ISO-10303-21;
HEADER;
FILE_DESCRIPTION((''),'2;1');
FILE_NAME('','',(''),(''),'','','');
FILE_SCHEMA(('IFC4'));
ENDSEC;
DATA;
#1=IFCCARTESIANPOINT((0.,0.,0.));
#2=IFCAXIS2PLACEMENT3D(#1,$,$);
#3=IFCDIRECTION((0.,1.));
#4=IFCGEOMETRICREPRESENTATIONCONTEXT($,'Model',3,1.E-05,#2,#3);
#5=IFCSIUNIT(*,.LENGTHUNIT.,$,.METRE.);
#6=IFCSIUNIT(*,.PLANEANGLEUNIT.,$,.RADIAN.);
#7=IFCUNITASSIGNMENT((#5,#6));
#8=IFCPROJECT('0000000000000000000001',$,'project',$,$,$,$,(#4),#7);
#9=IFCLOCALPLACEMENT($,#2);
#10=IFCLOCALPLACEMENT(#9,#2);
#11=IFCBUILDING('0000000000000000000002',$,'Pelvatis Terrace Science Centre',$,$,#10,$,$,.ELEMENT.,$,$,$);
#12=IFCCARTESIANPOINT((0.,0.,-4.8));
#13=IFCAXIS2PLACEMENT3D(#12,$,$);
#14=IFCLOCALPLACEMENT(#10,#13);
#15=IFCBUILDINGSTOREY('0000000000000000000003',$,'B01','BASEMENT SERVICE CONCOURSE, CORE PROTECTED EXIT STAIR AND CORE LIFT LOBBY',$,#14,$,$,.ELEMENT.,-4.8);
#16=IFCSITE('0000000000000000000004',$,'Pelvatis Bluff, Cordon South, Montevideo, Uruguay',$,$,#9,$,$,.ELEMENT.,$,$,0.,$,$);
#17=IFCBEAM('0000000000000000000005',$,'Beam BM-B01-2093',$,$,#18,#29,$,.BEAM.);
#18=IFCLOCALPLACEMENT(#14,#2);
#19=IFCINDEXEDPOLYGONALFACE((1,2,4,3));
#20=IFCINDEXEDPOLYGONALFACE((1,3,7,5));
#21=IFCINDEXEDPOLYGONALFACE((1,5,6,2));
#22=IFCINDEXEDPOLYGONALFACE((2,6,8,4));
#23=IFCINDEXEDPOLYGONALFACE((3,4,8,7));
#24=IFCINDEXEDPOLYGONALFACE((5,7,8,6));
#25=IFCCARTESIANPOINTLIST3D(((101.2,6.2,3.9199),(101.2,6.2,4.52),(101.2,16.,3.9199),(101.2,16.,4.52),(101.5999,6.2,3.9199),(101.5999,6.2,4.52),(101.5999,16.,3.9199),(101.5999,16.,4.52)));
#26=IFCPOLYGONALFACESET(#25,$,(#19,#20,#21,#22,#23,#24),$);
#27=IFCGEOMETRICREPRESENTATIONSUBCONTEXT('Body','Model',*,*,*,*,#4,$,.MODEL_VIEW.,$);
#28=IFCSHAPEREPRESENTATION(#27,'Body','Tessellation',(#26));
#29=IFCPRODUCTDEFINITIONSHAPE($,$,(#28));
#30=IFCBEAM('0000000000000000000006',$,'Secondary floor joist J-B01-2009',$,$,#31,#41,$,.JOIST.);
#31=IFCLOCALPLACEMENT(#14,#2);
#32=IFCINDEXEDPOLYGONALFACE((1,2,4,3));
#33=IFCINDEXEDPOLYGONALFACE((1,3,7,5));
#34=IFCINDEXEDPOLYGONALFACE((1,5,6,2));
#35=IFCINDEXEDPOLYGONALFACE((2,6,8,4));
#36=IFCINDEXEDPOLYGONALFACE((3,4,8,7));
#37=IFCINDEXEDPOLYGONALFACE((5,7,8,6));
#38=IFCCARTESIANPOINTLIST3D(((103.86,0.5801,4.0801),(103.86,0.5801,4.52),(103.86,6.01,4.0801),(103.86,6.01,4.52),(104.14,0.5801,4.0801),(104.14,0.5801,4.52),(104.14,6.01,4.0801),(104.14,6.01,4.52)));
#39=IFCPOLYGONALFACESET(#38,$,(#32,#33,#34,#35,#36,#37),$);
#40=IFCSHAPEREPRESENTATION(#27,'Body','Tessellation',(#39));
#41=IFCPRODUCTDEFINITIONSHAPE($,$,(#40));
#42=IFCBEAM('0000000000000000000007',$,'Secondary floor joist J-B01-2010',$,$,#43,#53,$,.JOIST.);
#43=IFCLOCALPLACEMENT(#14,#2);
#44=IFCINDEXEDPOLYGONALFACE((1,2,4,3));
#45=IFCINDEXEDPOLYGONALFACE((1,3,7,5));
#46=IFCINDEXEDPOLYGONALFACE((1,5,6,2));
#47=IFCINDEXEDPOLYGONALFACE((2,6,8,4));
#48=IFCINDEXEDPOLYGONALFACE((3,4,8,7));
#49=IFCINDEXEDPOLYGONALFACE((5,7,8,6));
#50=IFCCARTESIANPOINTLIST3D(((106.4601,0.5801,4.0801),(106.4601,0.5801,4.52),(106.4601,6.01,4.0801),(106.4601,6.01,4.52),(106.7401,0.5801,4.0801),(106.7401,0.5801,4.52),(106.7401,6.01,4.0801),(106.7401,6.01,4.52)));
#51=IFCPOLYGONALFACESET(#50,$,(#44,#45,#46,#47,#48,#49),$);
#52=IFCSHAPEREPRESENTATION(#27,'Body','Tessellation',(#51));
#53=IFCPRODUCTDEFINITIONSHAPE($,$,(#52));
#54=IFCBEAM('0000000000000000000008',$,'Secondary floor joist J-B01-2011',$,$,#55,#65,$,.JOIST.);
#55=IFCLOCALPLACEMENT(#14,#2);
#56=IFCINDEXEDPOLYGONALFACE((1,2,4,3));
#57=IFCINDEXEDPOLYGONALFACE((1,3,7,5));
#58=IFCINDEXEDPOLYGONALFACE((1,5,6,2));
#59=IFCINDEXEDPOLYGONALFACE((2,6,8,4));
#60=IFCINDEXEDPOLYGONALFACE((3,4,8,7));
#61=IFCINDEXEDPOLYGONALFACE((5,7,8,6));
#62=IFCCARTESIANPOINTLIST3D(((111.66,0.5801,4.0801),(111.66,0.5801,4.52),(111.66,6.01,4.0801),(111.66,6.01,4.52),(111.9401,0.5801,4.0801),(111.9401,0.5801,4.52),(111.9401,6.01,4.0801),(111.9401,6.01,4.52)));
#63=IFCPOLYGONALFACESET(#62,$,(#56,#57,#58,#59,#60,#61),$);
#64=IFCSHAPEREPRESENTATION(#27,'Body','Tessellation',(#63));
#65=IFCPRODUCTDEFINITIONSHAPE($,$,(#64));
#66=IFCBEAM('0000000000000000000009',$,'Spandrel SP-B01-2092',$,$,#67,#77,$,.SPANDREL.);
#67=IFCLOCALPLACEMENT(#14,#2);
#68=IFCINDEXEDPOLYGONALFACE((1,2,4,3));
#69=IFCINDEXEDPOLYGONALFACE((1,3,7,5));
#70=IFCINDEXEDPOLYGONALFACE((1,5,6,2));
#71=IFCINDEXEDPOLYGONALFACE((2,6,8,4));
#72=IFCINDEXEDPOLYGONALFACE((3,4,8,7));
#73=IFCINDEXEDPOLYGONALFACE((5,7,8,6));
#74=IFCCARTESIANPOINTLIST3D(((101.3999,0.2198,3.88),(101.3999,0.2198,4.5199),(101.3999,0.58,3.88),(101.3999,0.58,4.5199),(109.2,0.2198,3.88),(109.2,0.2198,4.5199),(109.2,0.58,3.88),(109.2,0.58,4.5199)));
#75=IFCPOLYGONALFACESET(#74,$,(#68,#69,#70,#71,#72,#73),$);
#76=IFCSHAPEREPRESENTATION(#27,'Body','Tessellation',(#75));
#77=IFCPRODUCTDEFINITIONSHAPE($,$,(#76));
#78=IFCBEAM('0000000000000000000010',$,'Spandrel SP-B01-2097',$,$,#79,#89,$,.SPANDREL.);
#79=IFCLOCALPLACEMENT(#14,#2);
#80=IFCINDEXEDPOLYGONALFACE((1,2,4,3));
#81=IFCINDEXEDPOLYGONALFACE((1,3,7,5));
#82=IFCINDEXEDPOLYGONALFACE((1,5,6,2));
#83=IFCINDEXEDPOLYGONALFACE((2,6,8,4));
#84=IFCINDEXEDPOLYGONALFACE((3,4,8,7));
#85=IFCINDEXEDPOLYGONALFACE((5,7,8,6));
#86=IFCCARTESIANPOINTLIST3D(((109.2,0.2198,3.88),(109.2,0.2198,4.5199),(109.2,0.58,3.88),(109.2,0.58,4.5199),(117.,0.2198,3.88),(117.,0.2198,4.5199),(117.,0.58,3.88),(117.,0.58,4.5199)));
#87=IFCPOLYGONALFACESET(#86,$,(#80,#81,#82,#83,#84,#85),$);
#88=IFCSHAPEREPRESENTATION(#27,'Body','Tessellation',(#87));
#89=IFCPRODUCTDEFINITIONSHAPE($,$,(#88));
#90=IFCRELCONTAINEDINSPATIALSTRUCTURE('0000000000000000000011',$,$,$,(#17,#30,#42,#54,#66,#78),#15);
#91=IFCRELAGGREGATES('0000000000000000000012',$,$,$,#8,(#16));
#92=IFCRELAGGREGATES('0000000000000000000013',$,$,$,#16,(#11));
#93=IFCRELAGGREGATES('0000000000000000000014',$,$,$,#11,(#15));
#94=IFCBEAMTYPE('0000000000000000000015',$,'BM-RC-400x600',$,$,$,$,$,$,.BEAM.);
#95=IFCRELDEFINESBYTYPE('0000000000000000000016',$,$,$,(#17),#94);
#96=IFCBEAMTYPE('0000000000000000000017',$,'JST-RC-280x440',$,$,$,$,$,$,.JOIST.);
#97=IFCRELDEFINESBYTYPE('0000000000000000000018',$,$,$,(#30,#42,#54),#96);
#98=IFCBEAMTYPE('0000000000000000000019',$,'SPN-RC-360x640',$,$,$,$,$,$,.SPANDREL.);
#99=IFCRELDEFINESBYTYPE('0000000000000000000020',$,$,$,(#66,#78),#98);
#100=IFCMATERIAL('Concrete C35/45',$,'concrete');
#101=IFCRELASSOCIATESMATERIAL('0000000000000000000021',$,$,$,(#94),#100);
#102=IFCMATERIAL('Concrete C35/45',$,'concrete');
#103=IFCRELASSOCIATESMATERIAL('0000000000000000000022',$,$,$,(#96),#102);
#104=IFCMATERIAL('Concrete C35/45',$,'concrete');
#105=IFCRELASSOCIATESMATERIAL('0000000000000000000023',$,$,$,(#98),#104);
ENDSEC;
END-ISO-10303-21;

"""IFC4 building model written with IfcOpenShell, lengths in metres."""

from ifc_helpers import new_model, si_unit, direction, frame, origin, origin_2d, place, context, subcontext, project, spatial, rectangle, extrude, material, material_profile, profile_set, type_object, element, save


model = new_model("IFC4")

# Units and contexts
model_context = context("Model", 3, precision=1e-05, world=origin(), true_north=direction((0.0, 1.0)))
body_context = subcontext(model_context, "Body", "Model", "MODEL_VIEW")
ifc_project = project(units=[si_unit("LENGTHUNIT", "METRE"), si_unit("PLANEANGLEUNIT", "RADIAN")], contexts=[model_context])

# Site, building, storey
site_placement = place(None, origin())
site = spatial("IfcSite", under=ifc_project, at=site_placement, Name="Pelvatis Bluff, Cordon South, Montevideo, Uruguay", CompositionType="ELEMENT", RefElevation=0.0)
building_placement = place(site_placement, origin())
building = spatial("IfcBuilding", under=site, at=building_placement, Name="Pelvatis Terrace Science Centre", CompositionType="ELEMENT")
storey_placement = place(building_placement, frame((0.0, 0.0, -4.8)))
storey = spatial("IfcBuildingStorey", under=building, at=storey_placement, Name="B01", Description="BASEMENT SERVICE CONCOURSE, CORE PROTECTED EXIT STAIR AND CORE LIFT LOBBY", CompositionType="ELEMENT", Elevation=-4.8)

# Beams
ifc_material_1 = material(Name="Concrete C35/45", Category="concrete")
ifc_material_profile_1 = material_profile(ifc_material_1, rectangle(XDim=0.3999, YDim=0.6001, at=origin_2d()), Name="RC-BM 400x600")
ifc_profile_set_1 = profile_set([ifc_material_profile_1], Name="Concrete C35/45")
beam_type_1 = type_object("IfcBeamType", Name="BM-RC-400x600", PredefinedType="BEAM", material=ifc_profile_set_1)
beam_placement = place(storey_placement, frame((101.3999, 6.2, 4.22), z_axis=(0.0, 1.0, 0.0), x_axis=(-1.0, 0.0, 0.0)))
element("IfcBeam", 1, at=beam_placement, inside=storey, type_object=beam_type_1, Name="Beam BM-B01-2093", PredefinedType="BEAM", context=body_context, shape_type="SweptSolid", body=[
    extrude(rectangle(XDim=0.3999, YDim=0.6001, at=origin_2d()), origin(), (0.0, 0.0, 1.0), 9.8),
])
ifc_material_2 = material(Name="Concrete C35/45", Category="concrete")
ifc_material_profile_2 = material_profile(ifc_material_2, rectangle(XDim=0.28, YDim=0.4399, at=origin_2d()), Name="RC-JST 280x440")
ifc_profile_set_2 = profile_set([ifc_material_profile_2], Name="Concrete C35/45")
beam_type_2 = type_object("IfcBeamType", Name="JST-RC-280x440", PredefinedType="JOIST", material=ifc_profile_set_2)
for number, where, z_axis, x_axis, name in (
    (2, (104.0, 0.5801, 4.3), (0.0, 1.0, 0.0), (-1.0, 0.0, 0.0), "Secondary floor joist J-B01-2009"),
    (3, (106.6001, 0.5801, 4.3), (0.0, 1.0, 0.0), (-1.0, 0.0, 0.0), "Secondary floor joist J-B01-2010"),
    (4, (111.8, 0.5801, 4.3), (0.0, 1.0, 0.0), (-1.0, 0.0, 0.0), "Secondary floor joist J-B01-2011"),
):
    element("IfcBeam", number, at=place(storey_placement, frame(where, z_axis=z_axis, x_axis=x_axis)), inside=storey, type_object=beam_type_2, Name=name, PredefinedType="JOIST", context=body_context, shape_type="SweptSolid", body=[
        extrude(rectangle(XDim=0.28, YDim=0.4399, at=origin_2d()), origin(), (0.0, 0.0, 1.0), 5.4299),
    ])
ifc_material_3 = material(Name="Concrete C35/45", Category="concrete")
ifc_material_profile_3 = material_profile(ifc_material_3, rectangle(XDim=0.3601, YDim=0.6399, at=origin_2d()), Name="RC-SPN 360x640")
ifc_profile_set_3 = profile_set([ifc_material_profile_3], Name="Concrete C35/45")
beam_type_3 = type_object("IfcBeamType", Name="SPN-RC-360x640", PredefinedType="SPANDREL", material=ifc_profile_set_3)
for number, where, z_axis, x_axis, name in (
    (5, (101.3999, 0.3999, 4.2), (1.0, 0.0, 0.0), (0.0, 1.0, 0.0), "Spandrel SP-B01-2092"),
    (6, (109.2, 0.3999, 4.2), (1.0, 0.0, 0.0), (0.0, 1.0, 0.0), "Spandrel SP-B01-2097"),
):
    element("IfcBeam", number, at=place(storey_placement, frame(where, z_axis=z_axis, x_axis=x_axis)), inside=storey, type_object=beam_type_3, Name=name, PredefinedType="SPANDREL", context=body_context, shape_type="SweptSolid", body=[
        extrude(rectangle(XDim=0.3601, YDim=0.6399, at=origin_2d()), origin(), (0.0, 0.0, 1.0), 7.8),
    ])

save(model, "model.ifc")
